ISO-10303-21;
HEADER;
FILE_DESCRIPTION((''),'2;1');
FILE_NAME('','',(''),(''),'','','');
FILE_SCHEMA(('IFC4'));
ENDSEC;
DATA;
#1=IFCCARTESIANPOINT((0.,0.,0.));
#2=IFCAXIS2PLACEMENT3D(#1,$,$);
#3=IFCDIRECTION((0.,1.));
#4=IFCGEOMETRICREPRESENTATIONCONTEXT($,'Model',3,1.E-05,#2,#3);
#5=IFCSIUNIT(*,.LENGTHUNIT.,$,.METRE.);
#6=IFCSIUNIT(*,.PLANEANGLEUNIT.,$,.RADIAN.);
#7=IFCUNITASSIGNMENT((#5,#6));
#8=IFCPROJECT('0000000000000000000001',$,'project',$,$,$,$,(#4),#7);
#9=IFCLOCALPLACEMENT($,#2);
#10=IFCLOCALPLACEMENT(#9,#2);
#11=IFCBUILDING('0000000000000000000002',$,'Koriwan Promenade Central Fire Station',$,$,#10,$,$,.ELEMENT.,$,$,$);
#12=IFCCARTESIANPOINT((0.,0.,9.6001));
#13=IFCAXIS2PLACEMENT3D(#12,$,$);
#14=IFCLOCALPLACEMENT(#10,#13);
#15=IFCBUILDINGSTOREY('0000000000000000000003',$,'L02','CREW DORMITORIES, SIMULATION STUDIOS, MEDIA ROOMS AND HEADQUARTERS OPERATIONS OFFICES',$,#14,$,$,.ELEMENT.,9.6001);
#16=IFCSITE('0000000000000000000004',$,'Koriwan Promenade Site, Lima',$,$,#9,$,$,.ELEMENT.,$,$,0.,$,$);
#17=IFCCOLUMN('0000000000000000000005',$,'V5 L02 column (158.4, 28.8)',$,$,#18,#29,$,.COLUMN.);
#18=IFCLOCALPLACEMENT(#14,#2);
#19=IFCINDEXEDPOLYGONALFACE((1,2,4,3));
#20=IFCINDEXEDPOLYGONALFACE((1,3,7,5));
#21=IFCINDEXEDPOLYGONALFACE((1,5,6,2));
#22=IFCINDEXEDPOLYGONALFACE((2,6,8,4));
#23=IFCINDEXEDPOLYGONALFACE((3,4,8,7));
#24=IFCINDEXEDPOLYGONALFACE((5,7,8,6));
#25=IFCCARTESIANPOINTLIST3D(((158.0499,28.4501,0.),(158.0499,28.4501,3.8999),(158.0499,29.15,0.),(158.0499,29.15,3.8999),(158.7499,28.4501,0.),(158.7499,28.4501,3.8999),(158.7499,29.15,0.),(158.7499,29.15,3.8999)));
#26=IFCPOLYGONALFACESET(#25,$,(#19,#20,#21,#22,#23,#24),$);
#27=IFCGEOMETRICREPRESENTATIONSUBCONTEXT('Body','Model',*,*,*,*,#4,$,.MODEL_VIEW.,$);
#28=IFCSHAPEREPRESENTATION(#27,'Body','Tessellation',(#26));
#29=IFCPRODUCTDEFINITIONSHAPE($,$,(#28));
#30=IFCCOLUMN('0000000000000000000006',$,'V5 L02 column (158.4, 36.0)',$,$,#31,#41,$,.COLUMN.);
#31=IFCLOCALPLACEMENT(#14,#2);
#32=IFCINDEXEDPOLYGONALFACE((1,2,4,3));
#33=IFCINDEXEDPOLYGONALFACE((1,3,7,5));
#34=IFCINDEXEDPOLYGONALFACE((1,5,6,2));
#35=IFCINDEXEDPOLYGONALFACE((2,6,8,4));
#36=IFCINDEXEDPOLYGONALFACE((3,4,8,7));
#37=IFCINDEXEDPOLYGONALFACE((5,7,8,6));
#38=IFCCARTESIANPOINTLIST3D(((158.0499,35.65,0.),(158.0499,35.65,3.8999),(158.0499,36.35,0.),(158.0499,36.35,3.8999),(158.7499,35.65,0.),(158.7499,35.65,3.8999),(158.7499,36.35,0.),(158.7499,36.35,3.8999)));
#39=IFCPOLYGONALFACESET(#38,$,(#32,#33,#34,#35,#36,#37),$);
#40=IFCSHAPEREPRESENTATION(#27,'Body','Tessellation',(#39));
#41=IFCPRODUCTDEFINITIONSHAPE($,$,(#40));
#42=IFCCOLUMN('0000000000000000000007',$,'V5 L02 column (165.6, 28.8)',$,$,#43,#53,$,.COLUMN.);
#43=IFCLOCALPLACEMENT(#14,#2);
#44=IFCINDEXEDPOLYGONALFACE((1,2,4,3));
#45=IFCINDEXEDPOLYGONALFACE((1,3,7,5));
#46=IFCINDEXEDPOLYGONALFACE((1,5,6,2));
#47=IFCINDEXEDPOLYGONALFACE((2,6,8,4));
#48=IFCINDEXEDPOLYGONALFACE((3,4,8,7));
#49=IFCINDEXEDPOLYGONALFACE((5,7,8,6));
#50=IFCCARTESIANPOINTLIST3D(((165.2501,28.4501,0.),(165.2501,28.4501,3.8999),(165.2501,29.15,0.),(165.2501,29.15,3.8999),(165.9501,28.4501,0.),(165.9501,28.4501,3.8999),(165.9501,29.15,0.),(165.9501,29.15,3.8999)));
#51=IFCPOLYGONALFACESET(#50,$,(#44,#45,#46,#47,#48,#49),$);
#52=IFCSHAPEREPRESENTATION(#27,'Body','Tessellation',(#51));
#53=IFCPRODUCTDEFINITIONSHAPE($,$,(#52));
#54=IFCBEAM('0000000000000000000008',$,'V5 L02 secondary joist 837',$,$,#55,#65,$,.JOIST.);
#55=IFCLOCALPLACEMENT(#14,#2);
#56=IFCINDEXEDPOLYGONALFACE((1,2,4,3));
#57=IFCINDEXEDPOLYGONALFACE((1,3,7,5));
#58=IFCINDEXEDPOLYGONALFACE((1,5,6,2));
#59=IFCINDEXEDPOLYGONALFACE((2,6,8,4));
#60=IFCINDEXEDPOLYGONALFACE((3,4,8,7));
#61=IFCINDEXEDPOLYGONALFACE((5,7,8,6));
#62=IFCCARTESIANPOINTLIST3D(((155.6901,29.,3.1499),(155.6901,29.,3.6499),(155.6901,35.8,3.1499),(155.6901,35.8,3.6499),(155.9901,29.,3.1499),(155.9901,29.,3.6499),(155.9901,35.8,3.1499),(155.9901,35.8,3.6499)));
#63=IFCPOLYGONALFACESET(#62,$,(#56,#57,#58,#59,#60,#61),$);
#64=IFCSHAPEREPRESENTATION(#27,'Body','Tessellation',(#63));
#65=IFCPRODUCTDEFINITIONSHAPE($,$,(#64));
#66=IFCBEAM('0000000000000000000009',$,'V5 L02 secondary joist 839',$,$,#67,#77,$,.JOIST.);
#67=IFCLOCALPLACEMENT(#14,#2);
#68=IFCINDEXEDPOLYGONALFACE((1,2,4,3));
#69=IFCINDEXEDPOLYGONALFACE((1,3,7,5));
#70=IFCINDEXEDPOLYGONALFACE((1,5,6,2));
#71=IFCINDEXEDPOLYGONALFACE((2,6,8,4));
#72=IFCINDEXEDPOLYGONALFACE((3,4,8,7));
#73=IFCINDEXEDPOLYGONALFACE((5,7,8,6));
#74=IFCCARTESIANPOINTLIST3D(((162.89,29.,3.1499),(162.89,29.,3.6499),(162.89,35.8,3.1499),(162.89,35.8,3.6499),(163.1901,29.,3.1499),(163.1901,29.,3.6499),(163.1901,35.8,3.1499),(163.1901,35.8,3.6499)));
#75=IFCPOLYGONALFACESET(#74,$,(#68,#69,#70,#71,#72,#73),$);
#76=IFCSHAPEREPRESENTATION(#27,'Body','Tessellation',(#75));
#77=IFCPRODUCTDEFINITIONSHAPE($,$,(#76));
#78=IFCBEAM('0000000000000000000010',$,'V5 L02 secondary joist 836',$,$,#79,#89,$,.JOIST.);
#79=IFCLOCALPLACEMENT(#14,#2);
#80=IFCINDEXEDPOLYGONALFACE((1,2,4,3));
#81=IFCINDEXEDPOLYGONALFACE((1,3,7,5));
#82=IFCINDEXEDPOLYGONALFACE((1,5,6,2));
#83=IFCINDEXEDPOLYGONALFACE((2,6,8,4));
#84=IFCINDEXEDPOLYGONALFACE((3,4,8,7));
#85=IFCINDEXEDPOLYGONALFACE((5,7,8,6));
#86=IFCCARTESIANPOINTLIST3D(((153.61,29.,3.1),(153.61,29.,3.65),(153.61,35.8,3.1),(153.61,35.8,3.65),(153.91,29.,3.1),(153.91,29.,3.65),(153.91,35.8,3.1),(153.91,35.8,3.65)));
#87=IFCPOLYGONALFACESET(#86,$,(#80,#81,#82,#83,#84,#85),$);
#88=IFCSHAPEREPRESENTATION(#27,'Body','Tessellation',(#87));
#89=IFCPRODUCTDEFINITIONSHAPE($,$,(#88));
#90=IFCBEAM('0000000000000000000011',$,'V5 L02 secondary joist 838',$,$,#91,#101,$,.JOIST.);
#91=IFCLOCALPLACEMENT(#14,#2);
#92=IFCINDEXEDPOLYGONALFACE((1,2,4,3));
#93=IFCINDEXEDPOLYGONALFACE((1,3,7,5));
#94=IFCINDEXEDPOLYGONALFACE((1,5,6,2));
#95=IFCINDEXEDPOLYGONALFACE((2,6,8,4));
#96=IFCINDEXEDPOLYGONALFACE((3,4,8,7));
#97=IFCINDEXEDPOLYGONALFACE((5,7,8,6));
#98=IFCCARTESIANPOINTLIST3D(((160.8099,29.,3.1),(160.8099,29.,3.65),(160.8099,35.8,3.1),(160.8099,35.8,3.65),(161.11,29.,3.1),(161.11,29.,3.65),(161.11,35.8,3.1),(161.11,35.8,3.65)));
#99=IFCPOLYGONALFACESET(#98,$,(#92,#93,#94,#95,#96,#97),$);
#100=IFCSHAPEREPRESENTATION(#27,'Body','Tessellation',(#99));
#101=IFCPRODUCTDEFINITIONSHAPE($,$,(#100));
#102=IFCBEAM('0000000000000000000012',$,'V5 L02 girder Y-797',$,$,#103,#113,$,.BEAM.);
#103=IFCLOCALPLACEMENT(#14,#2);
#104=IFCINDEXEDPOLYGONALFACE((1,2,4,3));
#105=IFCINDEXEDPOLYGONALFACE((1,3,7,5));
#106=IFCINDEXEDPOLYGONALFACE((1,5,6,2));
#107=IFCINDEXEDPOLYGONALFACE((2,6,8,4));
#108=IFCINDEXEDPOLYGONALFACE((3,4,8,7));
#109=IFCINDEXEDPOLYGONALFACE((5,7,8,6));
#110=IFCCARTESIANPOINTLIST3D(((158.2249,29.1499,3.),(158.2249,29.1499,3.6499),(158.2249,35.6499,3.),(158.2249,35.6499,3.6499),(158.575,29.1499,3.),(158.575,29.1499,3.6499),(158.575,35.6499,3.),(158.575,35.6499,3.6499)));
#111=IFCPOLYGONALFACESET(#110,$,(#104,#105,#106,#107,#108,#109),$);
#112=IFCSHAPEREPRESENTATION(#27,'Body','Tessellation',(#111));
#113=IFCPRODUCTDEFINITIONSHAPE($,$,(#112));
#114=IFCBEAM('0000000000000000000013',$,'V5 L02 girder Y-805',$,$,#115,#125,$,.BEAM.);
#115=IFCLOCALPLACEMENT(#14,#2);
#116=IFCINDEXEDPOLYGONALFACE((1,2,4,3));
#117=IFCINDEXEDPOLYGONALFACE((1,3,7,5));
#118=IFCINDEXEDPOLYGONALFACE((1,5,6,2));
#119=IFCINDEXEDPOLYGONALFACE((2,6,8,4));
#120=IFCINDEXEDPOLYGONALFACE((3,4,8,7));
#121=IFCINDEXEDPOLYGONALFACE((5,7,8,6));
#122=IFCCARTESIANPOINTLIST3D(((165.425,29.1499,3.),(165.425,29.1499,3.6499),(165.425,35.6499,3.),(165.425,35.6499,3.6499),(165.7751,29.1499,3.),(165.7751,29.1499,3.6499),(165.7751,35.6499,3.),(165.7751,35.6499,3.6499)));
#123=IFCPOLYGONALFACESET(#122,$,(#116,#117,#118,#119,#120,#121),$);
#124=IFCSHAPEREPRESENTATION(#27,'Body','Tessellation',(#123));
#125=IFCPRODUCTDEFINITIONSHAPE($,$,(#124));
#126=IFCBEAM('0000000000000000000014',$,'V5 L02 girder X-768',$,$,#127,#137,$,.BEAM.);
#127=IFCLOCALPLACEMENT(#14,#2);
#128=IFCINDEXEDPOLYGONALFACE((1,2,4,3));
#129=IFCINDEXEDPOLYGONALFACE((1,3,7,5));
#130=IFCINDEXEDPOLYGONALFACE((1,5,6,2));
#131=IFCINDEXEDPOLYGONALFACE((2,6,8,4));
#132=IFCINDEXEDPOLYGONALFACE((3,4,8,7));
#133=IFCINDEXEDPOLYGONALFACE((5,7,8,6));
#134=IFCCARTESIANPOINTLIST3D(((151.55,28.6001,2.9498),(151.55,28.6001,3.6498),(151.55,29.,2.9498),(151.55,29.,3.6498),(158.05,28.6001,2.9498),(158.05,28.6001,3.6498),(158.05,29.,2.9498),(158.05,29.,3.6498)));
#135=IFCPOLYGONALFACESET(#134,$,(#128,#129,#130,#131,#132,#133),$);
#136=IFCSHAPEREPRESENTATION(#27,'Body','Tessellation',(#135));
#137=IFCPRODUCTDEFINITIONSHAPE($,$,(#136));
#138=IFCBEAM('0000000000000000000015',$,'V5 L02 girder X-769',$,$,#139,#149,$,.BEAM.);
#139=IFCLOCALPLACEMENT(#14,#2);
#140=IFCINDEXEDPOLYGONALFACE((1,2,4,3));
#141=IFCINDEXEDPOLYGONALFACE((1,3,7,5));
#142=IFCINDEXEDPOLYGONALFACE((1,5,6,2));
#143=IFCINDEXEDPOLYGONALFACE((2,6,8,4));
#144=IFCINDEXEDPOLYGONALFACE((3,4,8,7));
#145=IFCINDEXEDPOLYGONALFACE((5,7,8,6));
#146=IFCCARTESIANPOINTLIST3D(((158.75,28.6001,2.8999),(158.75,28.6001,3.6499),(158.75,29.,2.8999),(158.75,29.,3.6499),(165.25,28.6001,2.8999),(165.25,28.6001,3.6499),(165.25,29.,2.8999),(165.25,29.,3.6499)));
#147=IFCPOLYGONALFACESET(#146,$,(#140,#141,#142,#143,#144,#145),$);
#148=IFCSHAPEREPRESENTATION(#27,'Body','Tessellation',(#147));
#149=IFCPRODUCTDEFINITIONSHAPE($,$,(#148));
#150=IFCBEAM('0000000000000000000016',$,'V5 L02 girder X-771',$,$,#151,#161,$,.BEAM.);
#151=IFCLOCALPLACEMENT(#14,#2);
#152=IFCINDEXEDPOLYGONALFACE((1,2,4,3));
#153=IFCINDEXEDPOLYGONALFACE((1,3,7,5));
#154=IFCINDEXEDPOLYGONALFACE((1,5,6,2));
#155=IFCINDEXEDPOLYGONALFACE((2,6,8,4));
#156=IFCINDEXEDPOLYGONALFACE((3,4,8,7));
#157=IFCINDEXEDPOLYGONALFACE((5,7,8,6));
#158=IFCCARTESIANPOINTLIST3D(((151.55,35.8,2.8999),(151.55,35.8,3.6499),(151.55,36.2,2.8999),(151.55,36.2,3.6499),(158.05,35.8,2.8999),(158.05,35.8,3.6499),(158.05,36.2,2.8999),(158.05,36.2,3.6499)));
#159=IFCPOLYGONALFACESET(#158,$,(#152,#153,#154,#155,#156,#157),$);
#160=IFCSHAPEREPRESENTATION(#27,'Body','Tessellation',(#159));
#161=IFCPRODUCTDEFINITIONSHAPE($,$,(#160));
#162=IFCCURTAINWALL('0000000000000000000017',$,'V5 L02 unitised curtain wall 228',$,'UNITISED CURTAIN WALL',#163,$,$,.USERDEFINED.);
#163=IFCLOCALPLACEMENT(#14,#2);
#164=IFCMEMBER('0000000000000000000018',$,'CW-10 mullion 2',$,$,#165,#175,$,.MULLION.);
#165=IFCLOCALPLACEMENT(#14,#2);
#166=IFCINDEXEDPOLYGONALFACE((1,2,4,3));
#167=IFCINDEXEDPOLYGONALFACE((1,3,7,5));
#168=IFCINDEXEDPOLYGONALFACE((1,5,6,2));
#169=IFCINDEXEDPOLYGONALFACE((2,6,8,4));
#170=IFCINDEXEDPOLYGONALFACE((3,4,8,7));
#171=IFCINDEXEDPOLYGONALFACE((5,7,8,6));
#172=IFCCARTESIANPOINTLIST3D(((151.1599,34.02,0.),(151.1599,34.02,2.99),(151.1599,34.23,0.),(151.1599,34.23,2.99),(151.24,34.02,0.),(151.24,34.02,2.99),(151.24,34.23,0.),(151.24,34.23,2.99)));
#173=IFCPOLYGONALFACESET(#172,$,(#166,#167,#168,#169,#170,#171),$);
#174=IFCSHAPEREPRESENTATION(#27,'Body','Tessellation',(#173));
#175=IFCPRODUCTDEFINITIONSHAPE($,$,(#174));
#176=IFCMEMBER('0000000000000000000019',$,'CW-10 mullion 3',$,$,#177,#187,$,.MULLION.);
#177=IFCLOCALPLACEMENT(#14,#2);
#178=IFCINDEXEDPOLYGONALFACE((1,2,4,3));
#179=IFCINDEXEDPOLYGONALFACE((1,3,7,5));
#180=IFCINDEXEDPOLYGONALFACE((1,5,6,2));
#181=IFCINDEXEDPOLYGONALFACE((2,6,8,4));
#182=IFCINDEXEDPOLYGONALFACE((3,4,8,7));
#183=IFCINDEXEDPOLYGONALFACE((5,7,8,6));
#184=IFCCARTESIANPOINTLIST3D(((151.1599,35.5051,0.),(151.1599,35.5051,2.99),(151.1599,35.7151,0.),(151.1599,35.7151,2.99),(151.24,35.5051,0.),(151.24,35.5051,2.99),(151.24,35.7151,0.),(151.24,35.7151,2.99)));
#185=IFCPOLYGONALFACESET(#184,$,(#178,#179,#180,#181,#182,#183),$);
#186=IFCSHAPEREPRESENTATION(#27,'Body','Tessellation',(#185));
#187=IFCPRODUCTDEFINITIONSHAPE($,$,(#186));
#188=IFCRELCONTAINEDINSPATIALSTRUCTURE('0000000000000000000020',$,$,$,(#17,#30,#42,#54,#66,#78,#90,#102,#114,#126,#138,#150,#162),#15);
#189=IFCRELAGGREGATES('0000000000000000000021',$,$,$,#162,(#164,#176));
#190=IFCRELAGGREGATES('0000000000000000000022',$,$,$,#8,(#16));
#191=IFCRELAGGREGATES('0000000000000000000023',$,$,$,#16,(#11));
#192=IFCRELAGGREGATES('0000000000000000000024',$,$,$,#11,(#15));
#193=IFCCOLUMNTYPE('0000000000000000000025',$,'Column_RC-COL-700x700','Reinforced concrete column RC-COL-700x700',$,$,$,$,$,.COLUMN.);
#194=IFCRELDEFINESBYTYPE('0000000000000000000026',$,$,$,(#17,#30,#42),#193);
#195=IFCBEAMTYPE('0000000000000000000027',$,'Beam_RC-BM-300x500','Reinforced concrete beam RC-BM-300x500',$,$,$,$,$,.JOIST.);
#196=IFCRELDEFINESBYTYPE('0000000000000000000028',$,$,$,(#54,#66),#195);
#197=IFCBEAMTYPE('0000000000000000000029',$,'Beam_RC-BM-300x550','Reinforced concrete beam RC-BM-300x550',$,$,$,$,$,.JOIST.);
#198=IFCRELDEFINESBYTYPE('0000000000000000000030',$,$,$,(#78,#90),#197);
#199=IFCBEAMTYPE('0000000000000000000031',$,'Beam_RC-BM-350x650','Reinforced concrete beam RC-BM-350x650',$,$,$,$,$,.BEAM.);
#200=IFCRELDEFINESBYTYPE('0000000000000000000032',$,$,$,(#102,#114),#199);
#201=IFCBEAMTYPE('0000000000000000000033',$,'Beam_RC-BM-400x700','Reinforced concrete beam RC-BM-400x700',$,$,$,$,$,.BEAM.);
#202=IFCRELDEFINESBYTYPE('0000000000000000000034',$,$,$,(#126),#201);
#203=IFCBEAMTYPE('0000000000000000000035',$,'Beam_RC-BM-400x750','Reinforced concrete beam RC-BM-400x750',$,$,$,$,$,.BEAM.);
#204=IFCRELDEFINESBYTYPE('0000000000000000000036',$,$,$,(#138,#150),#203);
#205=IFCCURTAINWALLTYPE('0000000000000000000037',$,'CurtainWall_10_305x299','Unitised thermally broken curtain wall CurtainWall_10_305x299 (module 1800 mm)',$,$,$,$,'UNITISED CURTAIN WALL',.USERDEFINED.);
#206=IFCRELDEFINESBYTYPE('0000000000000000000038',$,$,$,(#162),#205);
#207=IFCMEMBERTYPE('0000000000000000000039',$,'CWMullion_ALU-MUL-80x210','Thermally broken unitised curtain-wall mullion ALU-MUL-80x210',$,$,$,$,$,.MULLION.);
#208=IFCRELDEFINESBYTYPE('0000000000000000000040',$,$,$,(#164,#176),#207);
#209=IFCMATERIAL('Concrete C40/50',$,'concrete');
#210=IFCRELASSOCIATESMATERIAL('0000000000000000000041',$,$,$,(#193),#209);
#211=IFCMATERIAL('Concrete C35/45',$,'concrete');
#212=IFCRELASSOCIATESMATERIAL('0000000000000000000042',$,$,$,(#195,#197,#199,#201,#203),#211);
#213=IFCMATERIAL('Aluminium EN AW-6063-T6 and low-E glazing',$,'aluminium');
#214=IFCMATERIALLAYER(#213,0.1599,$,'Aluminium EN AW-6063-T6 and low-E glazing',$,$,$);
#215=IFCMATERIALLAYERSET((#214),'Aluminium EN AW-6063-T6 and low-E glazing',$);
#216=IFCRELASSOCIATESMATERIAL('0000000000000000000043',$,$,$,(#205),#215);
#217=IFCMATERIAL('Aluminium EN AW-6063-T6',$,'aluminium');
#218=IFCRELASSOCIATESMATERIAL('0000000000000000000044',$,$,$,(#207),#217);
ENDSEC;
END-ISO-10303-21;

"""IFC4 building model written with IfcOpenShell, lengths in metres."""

from ifc_helpers import new_model, si_unit, direction, frame, origin, origin_2d, place, context, subcontext, project, spatial, rectangle, extrude, material, layer, layer_set, material_profile, profile_set, type_object, element, aggregate, save


model = new_model("IFC4")

# Units and contexts
model_context = context("Model", 3, precision=1e-05, world=origin(), true_north=direction((0.0, 1.0)))
body_context = subcontext(model_context, "Body", "Model", "MODEL_VIEW")
ifc_project = project(units=[si_unit("LENGTHUNIT", "METRE"), si_unit("PLANEANGLEUNIT", "RADIAN")], contexts=[model_context])

# Site, building, storey
site_placement = place(None, origin())
site = spatial("IfcSite", under=ifc_project, at=site_placement, Name="Koriwan Promenade Site, Lima", CompositionType="ELEMENT", RefElevation=0.0)
building_placement = place(site_placement, origin())
building = spatial("IfcBuilding", under=site, at=building_placement, Name="Koriwan Promenade Central Fire Station", CompositionType="ELEMENT")
storey_placement = place(building_placement, frame((0.0, 0.0, 9.6001)))
storey = spatial("IfcBuildingStorey", under=building, at=storey_placement, Name="L02", Description="CREW DORMITORIES, SIMULATION STUDIOS, MEDIA ROOMS AND HEADQUARTERS OPERATIONS OFFICES", CompositionType="ELEMENT", Elevation=9.6001)

# Columns
ifc_material_1 = material(Name="Concrete C40/50", Category="concrete")
ifc_material_profile_1 = material_profile(ifc_material_1, rectangle(XDim=0.7, YDim=0.7, at=origin_2d()), Name="RC-COL-700x700")
ifc_profile_set_1 = profile_set([ifc_material_profile_1], Name="Concrete C40/50")
column_type = type_object("IfcColumnType", Name="Column_RC-COL-700x700", Description="Reinforced concrete column RC-COL-700x700", PredefinedType="COLUMN", material=ifc_profile_set_1)
for number, where, z_axis, x_axis, name in (
    (1, (158.3999, 28.8, 0.0), (0.0, 0.0, 1.0), (1.0, 0.0, 0.0), "V5 L02 column (158.4, 28.8)"),
    (2, (158.3999, 36.0, 0.0), (0.0, 0.0, 1.0), (1.0, 0.0, 0.0), "V5 L02 column (158.4, 36.0)"),
    (3, (165.6001, 28.8, 0.0), (0.0, 0.0, 1.0), (1.0, 0.0, 0.0), "V5 L02 column (165.6, 28.8)"),
):
    element("IfcColumn", number, at=place(storey_placement, frame(where, z_axis=z_axis, x_axis=x_axis)), inside=storey, type_object=column_type, Name=name, PredefinedType="COLUMN", context=body_context, shape_type="SweptSolid", body=[
        extrude(rectangle(XDim=0.7, YDim=0.7, at=origin_2d()), origin(), (0.0, 0.0, 1.0), 3.8999),
    ])

# Beams
ifc_material_2 = material(Name="Concrete C35/45", Category="concrete")
ifc_material_profile_2 = material_profile(ifc_material_2, rectangle(XDim=0.3, YDim=0.5, at=origin_2d()), Name="RC-BM-300x500")
ifc_profile_set_2 = profile_set([ifc_material_profile_2], Name="Concrete C35/45")
beam_type_1 = type_object("IfcBeamType", Name="Beam_RC-BM-300x500", Description="Reinforced concrete beam RC-BM-300x500", PredefinedType="JOIST", material=ifc_profile_set_2)
for number, where, z_axis, x_axis, name in (
    (4, (155.8401, 29.0, 3.3999), (0.0, 1.0, 0.0), (-1.0, 0.0, 0.0), "V5 L02 secondary joist 837"),
    (5, (163.04, 29.0, 3.3999), (0.0, 1.0, 0.0), (-1.0, 0.0, 0.0), "V5 L02 secondary joist 839"),
):
    element("IfcBeam", number, at=place(storey_placement, frame(where, z_axis=z_axis, x_axis=x_axis)), inside=storey, type_object=beam_type_1, Name=name, PredefinedType="JOIST", context=body_context, shape_type="SweptSolid", body=[
        extrude(rectangle(XDim=0.3, YDim=0.5, at=origin_2d()), origin(), (0.0, 0.0, 1.0), 6.8),
    ])
ifc_material_profile_3 = material_profile(ifc_material_2, rectangle(XDim=0.3, YDim=0.55, at=origin_2d()), Name="RC-BM-300x550")
ifc_profile_set_3 = profile_set([ifc_material_profile_3], Name="Concrete C35/45")
beam_type_2 = type_object("IfcBeamType", Name="Beam_RC-BM-300x550", Description="Reinforced concrete beam RC-BM-300x550", PredefinedType="JOIST", material=ifc_profile_set_3)
for number, where, z_axis, x_axis, name in (
    (6, (153.76, 29.0, 3.375), (0.0, 1.0, 0.0), (-1.0, 0.0, 0.0), "V5 L02 secondary joist 836"),
    (7, (160.96, 29.0, 3.375), (0.0, 1.0, 0.0), (-1.0, 0.0, 0.0), "V5 L02 secondary joist 838"),
):
    element("IfcBeam", number, at=place(storey_placement, frame(where, z_axis=z_axis, x_axis=x_axis)), inside=storey, type_object=beam_type_2, Name=name, PredefinedType="JOIST", context=body_context, shape_type="SweptSolid", body=[
        extrude(rectangle(XDim=0.3, YDim=0.55, at=origin_2d()), origin(), (0.0, 0.0, 1.0), 6.8),
    ])
ifc_material_profile_4 = material_profile(ifc_material_2, rectangle(XDim=0.3501, YDim=0.6499, at=origin_2d()), Name="RC-BM-350x650")
ifc_profile_set_4 = profile_set([ifc_material_profile_4], Name="Concrete C35/45")
beam_type_3 = type_object("IfcBeamType", Name="Beam_RC-BM-350x650", Description="Reinforced concrete beam RC-BM-350x650", PredefinedType="BEAM", material=ifc_profile_set_4)
for number, where, z_axis, x_axis, name in (
    (8, (158.3999, 29.1499, 3.325), (0.0, 1.0, 0.0), (-1.0, 0.0, 0.0), "V5 L02 girder Y-797"),
    (9, (165.6001, 29.1499, 3.325), (0.0, 1.0, 0.0), (-1.0, 0.0, 0.0), "V5 L02 girder Y-805"),
):
    element("IfcBeam", number, at=place(storey_placement, frame(where, z_axis=z_axis, x_axis=x_axis)), inside=storey, type_object=beam_type_3, Name=name, PredefinedType="BEAM", context=body_context, shape_type="SweptSolid", body=[
        extrude(rectangle(XDim=0.3501, YDim=0.6499, at=origin_2d()), origin(), (0.0, 0.0, 1.0), 6.5),
    ])
ifc_material_profile_5 = material_profile(ifc_material_2, rectangle(XDim=0.3999, YDim=0.7, at=origin_2d()), Name="RC-BM-400x700")
ifc_profile_set_5 = profile_set([ifc_material_profile_5], Name="Concrete C35/45")
beam_type_4 = type_object("IfcBeamType", Name="Beam_RC-BM-400x700", Description="Reinforced concrete beam RC-BM-400x700", PredefinedType="BEAM", material=ifc_profile_set_5)
beam_placement = place(storey_placement, frame((151.55, 28.8, 3.2998), z_axis=(1.0, 0.0, 0.0), x_axis=(0.0, 1.0, 0.0)))
element("IfcBeam", 10, at=beam_placement, inside=storey, type_object=beam_type_4, Name="V5 L02 girder X-768", PredefinedType="BEAM", context=body_context, shape_type="SweptSolid", body=[
    extrude(rectangle(XDim=0.3999, YDim=0.7, at=origin_2d()), origin(), (0.0, 0.0, 1.0), 6.5),
])
ifc_material_profile_6 = material_profile(ifc_material_2, rectangle(XDim=0.3999, YDim=0.75, at=origin_2d()), Name="RC-BM-400x750")
ifc_profile_set_6 = profile_set([ifc_material_profile_6], Name="Concrete C35/45")
beam_type_5 = type_object("IfcBeamType", Name="Beam_RC-BM-400x750", Description="Reinforced concrete beam RC-BM-400x750", PredefinedType="BEAM", material=ifc_profile_set_6)
for number, where, z_axis, x_axis, name in (
    (11, (158.75, 28.8, 3.2749), (1.0, 0.0, 0.0), (0.0, 1.0, 0.0), "V5 L02 girder X-769"),
    (12, (151.55, 36.0, 3.2749), (1.0, 0.0, 0.0), (0.0, 1.0, 0.0), "V5 L02 girder X-771"),
):
    element("IfcBeam", number, at=place(storey_placement, frame(where, z_axis=z_axis, x_axis=x_axis)), inside=storey, type_object=beam_type_5, Name=name, PredefinedType="BEAM", context=body_context, shape_type="SweptSolid", body=[
        extrude(rectangle(XDim=0.3999, YDim=0.75, at=origin_2d()), origin(), (0.0, 0.0, 1.0), 6.5),
    ])

# Curtain wall, members
ifc_material_3 = material(Name="Aluminium EN AW-6063-T6 and low-E glazing", Category="aluminium")
ifc_layer_1 = layer(ifc_material_3, 0.1599, Name="Aluminium EN AW-6063-T6 and low-E glazing")
ifc_layer_set_1 = layer_set([ifc_layer_1], Name="Aluminium EN AW-6063-T6 and low-E glazing")
curtain_wall_type = type_object("IfcCurtainWallType", Name="CurtainWall_10_305x299", Description="Unitised thermally broken curtain wall CurtainWall_10_305x299 (module 1800 mm)", ElementType="UNITISED CURTAIN WALL", PredefinedType="USERDEFINED", material=ifc_layer_set_1)
curtain_wall_placement = place(storey_placement, origin())
curtain_wall = element("IfcCurtainWall", 13, at=curtain_wall_placement, inside=storey, type_object=curtain_wall_type, Name="V5 L02 unitised curtain wall 228", ObjectType="UNITISED CURTAIN WALL", PredefinedType="USERDEFINED")
ifc_material_4 = material(Name="Aluminium EN AW-6063-T6", Category="aluminium")
ifc_material_profile_7 = material_profile(ifc_material_4, rectangle(XDim=0.0801, YDim=0.21, at=origin_2d()), Name="ALU-MUL-80x210")
ifc_profile_set_7 = profile_set([ifc_material_profile_7], Name="Aluminium EN AW-6063-T6")
member_type_1 = type_object("IfcMemberType", Name="CWMullion_ALU-MUL-80x210", Description="Thermally broken unitised curtain-wall mullion ALU-MUL-80x210", PredefinedType="MULLION", material=ifc_profile_set_7)
member_1_placement = place(storey_placement, frame((151.2, 34.125, 0.0), z_axis=(0.0, 0.0, 1.0), x_axis=(-1.0, 0.0, 0.0)))
member_1 = element("IfcMember", 14, at=member_1_placement, type_object=member_type_1, Name="CW-10 mullion 2", PredefinedType="MULLION", context=body_context, shape_type="SweptSolid", body=[
    extrude(rectangle(XDim=0.0801, YDim=0.21, at=origin_2d()), origin(), (0.0, 0.0, 1.0), 2.99),
])
member_2_placement = place(storey_placement, frame((151.2, 35.6101, 0.0), z_axis=(0.0, 0.0, 1.0), x_axis=(-1.0, 0.0, 0.0)))
member_2 = element("IfcMember", 15, at=member_2_placement, type_object=member_type_1, Name="CW-10 mullion 3", PredefinedType="MULLION", context=body_context, shape_type="SweptSolid", body=[
    extrude(rectangle(XDim=0.0801, YDim=0.21, at=origin_2d()), origin(), (0.0, 0.0, 1.0), 2.99),
])
aggregate(curtain_wall, [member_1, member_2])

save(model, "model.ifc")
